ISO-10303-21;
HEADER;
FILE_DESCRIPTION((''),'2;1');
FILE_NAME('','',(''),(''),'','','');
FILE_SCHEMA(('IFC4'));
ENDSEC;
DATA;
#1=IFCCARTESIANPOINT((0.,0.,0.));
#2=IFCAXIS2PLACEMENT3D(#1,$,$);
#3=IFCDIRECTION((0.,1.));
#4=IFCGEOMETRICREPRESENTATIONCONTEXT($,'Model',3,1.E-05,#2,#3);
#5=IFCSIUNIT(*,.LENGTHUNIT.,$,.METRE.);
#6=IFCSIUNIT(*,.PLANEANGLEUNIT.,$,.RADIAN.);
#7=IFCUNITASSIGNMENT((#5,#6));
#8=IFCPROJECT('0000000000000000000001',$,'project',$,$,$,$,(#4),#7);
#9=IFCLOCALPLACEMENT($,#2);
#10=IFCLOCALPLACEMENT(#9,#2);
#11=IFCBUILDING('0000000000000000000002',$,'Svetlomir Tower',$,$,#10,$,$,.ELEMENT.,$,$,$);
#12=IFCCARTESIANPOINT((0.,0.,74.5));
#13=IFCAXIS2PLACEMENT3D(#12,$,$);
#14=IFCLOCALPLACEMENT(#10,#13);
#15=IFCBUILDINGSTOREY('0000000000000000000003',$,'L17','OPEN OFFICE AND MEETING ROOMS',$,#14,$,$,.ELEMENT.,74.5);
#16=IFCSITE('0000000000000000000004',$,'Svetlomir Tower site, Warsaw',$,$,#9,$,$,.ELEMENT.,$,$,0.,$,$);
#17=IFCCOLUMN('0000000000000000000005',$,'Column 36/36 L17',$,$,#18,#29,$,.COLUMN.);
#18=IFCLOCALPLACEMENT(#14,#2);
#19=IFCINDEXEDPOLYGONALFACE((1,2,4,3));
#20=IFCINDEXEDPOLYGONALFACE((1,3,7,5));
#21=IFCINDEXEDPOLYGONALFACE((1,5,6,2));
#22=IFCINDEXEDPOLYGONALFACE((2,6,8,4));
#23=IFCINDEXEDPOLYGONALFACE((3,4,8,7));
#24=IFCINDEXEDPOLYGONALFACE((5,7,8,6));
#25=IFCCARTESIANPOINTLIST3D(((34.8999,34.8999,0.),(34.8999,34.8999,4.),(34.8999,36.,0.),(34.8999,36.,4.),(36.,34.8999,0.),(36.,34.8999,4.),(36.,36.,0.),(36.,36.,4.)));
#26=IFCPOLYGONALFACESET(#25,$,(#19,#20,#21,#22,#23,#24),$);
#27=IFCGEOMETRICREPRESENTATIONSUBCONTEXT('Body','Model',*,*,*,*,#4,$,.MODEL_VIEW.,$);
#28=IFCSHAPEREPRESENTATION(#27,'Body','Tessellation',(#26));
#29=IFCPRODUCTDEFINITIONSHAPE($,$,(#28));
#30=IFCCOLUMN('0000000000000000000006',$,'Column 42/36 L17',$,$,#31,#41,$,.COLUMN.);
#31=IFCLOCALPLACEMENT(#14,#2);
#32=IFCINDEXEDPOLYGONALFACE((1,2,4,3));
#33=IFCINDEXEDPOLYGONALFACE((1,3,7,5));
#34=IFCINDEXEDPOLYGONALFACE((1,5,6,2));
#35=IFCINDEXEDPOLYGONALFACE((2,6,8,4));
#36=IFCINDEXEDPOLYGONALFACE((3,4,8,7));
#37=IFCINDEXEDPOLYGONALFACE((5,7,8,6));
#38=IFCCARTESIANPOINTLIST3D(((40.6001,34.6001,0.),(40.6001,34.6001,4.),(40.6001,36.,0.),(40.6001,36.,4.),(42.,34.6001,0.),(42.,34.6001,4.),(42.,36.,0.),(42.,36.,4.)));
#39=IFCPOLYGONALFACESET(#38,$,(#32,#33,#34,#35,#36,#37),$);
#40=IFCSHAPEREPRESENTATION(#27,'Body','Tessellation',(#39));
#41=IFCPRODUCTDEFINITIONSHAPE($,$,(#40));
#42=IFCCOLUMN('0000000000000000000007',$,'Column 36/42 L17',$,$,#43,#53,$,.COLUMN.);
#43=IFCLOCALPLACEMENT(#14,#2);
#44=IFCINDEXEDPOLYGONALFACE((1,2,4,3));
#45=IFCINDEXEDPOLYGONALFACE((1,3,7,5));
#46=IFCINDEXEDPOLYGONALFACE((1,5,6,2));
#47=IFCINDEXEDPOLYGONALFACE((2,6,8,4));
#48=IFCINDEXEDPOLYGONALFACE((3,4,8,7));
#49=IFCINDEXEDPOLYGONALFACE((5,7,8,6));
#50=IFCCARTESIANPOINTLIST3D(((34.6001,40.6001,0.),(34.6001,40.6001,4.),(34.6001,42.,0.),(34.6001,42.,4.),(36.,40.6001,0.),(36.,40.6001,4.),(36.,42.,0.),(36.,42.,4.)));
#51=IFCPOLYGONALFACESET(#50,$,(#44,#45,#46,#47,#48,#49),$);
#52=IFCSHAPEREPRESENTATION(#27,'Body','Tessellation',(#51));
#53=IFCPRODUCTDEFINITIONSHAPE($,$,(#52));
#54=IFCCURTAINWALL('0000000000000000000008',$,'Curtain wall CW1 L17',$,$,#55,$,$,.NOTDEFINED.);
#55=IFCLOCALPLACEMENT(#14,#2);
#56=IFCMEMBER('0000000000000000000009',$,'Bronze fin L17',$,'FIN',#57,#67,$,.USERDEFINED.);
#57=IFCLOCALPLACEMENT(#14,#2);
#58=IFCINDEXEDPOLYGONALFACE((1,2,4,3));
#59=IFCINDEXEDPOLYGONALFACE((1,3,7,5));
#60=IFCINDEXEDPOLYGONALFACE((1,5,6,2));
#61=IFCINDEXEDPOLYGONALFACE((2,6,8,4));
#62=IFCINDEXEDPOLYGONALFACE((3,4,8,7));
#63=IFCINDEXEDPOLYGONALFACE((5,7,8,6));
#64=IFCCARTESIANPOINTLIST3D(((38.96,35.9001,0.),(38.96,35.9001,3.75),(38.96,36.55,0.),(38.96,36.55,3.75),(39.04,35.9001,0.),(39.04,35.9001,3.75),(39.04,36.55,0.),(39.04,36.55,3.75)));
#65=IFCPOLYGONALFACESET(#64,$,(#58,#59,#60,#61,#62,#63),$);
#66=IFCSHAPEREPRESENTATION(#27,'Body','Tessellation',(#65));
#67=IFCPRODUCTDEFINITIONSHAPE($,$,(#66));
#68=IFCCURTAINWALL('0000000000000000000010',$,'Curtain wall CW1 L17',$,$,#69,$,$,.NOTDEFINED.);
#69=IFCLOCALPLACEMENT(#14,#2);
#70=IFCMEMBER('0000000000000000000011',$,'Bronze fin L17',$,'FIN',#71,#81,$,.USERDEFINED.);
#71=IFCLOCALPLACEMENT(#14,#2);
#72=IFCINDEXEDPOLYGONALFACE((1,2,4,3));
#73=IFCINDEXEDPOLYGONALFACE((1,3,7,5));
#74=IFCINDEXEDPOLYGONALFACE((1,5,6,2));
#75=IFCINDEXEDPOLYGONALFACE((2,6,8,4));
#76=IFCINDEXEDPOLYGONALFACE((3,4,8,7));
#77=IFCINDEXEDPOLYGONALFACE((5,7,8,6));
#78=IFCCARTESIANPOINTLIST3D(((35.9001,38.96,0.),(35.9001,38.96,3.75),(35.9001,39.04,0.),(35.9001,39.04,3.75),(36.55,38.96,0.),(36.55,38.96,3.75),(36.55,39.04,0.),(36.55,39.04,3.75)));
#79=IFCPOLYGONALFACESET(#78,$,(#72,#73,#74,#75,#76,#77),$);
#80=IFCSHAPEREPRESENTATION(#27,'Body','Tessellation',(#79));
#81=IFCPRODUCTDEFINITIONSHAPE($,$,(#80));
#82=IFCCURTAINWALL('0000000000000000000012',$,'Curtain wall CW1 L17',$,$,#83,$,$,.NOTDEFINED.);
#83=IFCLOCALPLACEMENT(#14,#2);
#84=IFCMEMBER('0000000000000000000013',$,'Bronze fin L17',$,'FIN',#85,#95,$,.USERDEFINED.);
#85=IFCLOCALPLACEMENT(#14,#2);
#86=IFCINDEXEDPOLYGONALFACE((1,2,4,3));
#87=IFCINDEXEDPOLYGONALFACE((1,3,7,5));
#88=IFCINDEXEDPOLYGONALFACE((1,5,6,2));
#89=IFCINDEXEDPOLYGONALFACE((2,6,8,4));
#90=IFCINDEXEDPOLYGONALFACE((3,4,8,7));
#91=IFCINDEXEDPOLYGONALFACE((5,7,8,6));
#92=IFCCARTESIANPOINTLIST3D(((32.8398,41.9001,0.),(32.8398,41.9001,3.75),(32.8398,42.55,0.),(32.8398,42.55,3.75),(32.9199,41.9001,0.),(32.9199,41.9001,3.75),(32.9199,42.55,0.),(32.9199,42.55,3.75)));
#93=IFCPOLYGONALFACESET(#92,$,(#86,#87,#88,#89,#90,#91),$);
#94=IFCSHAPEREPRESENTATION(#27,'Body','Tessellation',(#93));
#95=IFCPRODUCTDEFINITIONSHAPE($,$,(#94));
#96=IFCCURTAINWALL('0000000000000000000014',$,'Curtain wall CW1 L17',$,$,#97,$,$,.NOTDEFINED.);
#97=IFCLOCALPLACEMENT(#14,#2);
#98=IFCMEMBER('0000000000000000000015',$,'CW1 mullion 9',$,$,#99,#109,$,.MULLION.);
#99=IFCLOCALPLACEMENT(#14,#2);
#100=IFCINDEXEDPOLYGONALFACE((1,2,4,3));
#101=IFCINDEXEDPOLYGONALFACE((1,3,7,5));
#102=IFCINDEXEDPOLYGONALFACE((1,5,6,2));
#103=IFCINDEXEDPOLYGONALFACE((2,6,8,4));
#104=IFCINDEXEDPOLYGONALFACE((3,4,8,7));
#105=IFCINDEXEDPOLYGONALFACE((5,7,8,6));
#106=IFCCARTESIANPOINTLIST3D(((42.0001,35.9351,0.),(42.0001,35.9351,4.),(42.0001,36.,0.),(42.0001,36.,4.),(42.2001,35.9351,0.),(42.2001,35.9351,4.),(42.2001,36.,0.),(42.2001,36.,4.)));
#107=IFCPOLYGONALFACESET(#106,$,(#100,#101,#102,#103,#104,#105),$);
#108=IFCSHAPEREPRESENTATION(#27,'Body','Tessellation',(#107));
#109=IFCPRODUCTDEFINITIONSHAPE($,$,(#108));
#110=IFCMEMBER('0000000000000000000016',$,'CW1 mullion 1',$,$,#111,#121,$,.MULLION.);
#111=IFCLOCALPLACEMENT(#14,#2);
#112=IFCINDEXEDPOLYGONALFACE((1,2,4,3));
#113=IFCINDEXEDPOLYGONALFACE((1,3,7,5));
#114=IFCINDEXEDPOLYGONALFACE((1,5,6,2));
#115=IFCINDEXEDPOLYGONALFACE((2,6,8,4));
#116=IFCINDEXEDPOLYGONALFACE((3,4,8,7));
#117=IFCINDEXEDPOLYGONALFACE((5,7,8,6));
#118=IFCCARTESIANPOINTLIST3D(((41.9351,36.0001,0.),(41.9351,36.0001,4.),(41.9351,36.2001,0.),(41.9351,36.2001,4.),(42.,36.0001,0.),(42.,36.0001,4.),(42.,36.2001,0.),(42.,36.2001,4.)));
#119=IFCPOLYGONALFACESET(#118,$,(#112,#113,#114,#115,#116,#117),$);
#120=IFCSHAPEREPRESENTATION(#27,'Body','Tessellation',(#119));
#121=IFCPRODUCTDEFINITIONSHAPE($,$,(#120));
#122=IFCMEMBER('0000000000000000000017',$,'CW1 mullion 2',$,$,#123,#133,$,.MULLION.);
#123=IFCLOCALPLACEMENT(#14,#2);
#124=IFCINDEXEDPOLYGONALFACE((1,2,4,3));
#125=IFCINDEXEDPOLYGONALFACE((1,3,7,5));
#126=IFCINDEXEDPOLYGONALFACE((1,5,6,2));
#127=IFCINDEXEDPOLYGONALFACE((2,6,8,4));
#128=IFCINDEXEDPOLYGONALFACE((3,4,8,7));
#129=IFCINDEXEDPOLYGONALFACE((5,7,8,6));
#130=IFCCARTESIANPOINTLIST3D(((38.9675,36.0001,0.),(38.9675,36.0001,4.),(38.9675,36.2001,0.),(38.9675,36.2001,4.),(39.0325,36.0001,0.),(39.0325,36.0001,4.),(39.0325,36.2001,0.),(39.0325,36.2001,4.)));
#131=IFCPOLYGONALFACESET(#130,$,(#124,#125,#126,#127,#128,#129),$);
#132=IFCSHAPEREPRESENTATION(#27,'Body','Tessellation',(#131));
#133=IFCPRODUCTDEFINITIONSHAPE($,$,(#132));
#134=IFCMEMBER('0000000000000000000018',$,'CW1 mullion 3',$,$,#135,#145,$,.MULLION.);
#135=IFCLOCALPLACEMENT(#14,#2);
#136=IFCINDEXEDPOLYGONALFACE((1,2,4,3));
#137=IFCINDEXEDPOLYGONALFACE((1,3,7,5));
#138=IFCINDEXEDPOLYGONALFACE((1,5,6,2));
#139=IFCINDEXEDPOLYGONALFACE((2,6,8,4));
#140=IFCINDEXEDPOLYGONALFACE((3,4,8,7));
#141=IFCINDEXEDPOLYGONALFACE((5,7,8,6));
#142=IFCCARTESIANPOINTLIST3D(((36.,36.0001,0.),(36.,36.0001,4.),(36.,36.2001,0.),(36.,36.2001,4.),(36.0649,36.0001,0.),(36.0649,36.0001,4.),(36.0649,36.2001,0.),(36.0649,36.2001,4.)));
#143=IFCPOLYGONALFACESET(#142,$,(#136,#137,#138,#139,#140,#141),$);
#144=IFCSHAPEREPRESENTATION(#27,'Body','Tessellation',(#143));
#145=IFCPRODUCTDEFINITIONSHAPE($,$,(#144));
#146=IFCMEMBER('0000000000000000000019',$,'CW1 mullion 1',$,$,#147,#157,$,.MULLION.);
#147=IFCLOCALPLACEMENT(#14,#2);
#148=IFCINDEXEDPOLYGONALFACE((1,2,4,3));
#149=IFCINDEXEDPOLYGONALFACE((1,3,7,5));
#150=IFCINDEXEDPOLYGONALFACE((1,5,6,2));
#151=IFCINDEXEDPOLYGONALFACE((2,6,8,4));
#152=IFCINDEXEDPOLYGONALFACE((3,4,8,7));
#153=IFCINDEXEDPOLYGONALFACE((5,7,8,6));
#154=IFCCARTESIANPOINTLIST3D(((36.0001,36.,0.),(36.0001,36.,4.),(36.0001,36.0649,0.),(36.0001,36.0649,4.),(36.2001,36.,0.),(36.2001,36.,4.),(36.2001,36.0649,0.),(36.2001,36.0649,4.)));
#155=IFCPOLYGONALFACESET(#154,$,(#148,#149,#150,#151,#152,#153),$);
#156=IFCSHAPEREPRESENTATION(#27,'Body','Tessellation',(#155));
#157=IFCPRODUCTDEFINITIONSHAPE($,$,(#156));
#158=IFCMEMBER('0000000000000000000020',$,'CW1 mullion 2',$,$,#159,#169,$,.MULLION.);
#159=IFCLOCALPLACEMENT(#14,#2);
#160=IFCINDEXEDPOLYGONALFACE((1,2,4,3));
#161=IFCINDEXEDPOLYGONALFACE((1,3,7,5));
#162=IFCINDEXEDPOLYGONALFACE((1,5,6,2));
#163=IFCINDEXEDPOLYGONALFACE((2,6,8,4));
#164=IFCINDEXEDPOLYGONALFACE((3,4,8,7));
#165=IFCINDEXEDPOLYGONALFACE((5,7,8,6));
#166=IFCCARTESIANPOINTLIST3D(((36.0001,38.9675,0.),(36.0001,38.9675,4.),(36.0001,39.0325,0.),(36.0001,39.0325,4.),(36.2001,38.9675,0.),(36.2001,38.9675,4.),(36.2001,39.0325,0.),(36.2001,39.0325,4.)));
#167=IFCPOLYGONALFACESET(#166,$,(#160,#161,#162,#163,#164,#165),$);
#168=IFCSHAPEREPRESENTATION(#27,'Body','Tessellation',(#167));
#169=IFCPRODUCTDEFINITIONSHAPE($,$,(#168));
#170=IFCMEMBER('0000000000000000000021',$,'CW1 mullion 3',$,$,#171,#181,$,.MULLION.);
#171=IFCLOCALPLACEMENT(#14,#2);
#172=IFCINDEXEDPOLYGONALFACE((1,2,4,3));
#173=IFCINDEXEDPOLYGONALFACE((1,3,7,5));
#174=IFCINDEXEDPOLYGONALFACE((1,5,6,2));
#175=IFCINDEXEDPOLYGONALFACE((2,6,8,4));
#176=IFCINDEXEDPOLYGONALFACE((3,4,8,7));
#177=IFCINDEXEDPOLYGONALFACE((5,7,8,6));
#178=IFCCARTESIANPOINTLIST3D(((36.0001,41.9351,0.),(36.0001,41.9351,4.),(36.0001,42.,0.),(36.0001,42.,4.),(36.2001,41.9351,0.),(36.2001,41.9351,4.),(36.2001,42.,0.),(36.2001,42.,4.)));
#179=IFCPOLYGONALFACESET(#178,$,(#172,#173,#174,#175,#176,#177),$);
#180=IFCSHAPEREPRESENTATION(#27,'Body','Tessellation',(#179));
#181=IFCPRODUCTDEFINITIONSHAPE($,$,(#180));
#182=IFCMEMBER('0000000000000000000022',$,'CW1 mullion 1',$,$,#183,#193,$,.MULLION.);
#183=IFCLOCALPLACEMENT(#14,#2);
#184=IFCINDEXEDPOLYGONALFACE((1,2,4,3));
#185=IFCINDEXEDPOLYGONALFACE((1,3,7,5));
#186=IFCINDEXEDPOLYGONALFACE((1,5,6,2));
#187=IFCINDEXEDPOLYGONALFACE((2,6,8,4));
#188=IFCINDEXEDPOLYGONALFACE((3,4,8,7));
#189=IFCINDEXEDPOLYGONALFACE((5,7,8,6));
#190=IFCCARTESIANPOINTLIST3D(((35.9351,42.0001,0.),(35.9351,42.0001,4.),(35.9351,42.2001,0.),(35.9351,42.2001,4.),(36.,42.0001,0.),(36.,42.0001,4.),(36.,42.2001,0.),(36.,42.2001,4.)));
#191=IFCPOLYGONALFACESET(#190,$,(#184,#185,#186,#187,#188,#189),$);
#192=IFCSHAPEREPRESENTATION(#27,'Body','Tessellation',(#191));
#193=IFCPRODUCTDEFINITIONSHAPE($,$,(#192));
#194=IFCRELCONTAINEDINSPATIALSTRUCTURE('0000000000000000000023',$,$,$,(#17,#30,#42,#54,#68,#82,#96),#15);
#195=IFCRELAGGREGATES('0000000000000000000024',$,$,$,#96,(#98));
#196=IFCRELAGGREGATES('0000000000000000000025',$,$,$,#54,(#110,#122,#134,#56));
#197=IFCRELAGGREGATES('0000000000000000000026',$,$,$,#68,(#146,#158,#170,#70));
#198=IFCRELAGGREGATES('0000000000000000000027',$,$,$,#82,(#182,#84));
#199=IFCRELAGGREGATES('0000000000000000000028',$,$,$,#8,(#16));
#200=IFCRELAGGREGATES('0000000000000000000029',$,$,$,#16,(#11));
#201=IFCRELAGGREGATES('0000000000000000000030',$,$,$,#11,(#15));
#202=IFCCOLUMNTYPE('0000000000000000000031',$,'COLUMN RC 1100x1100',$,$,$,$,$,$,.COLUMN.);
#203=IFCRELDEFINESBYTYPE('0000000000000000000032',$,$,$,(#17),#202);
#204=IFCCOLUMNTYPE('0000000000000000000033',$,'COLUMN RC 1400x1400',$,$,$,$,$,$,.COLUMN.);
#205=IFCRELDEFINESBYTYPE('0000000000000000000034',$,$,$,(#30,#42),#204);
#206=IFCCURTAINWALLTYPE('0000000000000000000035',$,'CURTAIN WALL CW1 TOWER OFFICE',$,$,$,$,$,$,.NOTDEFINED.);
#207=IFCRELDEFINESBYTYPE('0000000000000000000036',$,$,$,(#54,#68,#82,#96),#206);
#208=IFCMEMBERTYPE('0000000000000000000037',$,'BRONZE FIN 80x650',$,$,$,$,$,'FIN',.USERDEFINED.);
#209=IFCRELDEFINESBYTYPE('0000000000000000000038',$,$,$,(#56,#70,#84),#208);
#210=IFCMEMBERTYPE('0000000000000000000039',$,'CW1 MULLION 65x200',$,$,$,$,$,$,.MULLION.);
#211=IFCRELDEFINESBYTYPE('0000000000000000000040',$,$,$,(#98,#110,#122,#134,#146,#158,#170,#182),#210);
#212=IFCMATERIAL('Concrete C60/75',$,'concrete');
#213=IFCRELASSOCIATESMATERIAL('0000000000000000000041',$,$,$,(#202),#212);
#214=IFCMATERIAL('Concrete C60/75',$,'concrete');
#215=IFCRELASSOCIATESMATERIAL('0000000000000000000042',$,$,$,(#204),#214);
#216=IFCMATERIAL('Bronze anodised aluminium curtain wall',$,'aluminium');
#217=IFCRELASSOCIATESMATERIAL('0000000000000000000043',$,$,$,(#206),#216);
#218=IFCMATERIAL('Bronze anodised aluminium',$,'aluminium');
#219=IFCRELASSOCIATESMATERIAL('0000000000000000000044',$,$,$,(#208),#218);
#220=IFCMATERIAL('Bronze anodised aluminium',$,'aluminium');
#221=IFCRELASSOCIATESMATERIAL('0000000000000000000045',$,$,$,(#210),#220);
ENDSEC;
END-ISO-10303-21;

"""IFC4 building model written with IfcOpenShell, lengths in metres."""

from ifc_helpers import new_model, si_unit, direction, frame, origin, origin_2d, place, context, subcontext, project, spatial, rectangle, extrude, material, material_profile, profile_set, type_object, element, aggregate, save


model = new_model("IFC4")

# Units and contexts
model_context = context("Model", 3, precision=1e-05, world=origin(), true_north=direction((0.0, 1.0)))
body_context = subcontext(model_context, "Body", "Model", "MODEL_VIEW")
ifc_project = project(units=[si_unit("LENGTHUNIT", "METRE"), si_unit("PLANEANGLEUNIT", "RADIAN")], contexts=[model_context])

# Site, building, storey
site_placement = place(None, origin())
site = spatial("IfcSite", under=ifc_project, at=site_placement, Name="Svetlomir Tower site, Warsaw", CompositionType="ELEMENT", RefElevation=0.0)
building_placement = place(site_placement, origin())
building = spatial("IfcBuilding", under=site, at=building_placement, Name="Svetlomir Tower", CompositionType="ELEMENT")
storey_placement = place(building_placement, frame((0.0, 0.0, 74.5)))
storey = spatial("IfcBuildingStorey", under=building, at=storey_placement, Name="L17", Description="OPEN OFFICE AND MEETING ROOMS", CompositionType="ELEMENT", Elevation=74.5)

# Columns
ifc_material_1 = material(Name="Concrete C60/75", Category="concrete")
ifc_material_profile_1 = material_profile(ifc_material_1, rectangle(XDim=1.1001, YDim=1.1001, at=origin_2d()), Name="RC 1100x1100")
ifc_profile_set_1 = profile_set([ifc_material_profile_1], Name="Concrete C60/75")
column_type_1 = type_object("IfcColumnType", Name="COLUMN RC 1100x1100", PredefinedType="COLUMN", material=ifc_profile_set_1)
column_placement = place(storey_placement, frame((35.45, 35.45, 0.0), z_axis=(0.0, 0.0, 1.0), x_axis=(1.0, 0.0, 0.0)))
element("IfcColumn", 1, at=column_placement, inside=storey, type_object=column_type_1, Name="Column 36/36 L17", PredefinedType="COLUMN", context=body_context, shape_type="SweptSolid", body=[
    extrude(rectangle(XDim=1.1001, YDim=1.1001, at=origin_2d()), origin(), (0.0, 0.0, 1.0), 4.0),
])
ifc_material_2 = material(Name="Concrete C60/75", Category="concrete")
ifc_material_profile_2 = material_profile(ifc_material_2, rectangle(XDim=1.3999, YDim=1.3999, at=origin_2d()), Name="RC 1400x1400")
ifc_profile_set_2 = profile_set([ifc_material_profile_2], Name="Concrete C60/75")
column_type_2 = type_object("IfcColumnType", Name="COLUMN RC 1400x1400", PredefinedType="COLUMN", material=ifc_profile_set_2)
for number, where, z_axis, x_axis, name in (
    (2, (41.3, 35.3, 0.0), (0.0, 0.0, 1.0), (1.0, 0.0, 0.0), "Column 42/36 L17"),
    (3, (35.3, 41.3, 0.0), (0.0, 0.0, 1.0), (1.0, 0.0, 0.0), "Column 36/42 L17"),
):
    element("IfcColumn", number, at=place(storey_placement, frame(where, z_axis=z_axis, x_axis=x_axis)), inside=storey, type_object=column_type_2, Name=name, PredefinedType="COLUMN", context=body_context, shape_type="SweptSolid", body=[
        extrude(rectangle(XDim=1.3999, YDim=1.3999, at=origin_2d()), origin(), (0.0, 0.0, 1.0), 4.0),
    ])

# Curtain walls, members
ifc_material_3 = material(Name="Bronze anodised aluminium curtain wall", Category="aluminium")
curtain_wall_type = type_object("IfcCurtainWallType", Name="CURTAIN WALL CW1 TOWER OFFICE", PredefinedType="NOTDEFINED", material=ifc_material_3)
curtain_wall_1_placement = place(storey_placement, origin())
curtain_wall_1 = element("IfcCurtainWall", 4, at=curtain_wall_1_placement, inside=storey, type_object=curtain_wall_type, Name="Curtain wall CW1 L17", PredefinedType="NOTDEFINED")
ifc_material_4 = material(Name="Bronze anodised aluminium", Category="aluminium")
ifc_material_profile_3 = material_profile(ifc_material_4, rectangle(XDim=0.0801, YDim=0.6499, at=origin_2d()), Name="FIN 80x650")
ifc_profile_set_3 = profile_set([ifc_material_profile_3], Name="Bronze anodised aluminium 6063-T6")
member_type_1 = type_object("IfcMemberType", Name="BRONZE FIN 80x650", ElementType="FIN", PredefinedType="USERDEFINED", material=ifc_profile_set_3)
member_1_placement = place(storey_placement, frame((39.0, 36.2251, 0.0), z_axis=(0.0, 0.0, 1.0), x_axis=(1.0, 0.0, 0.0)))
member_1 = element("IfcMember", 5, at=member_1_placement, type_object=member_type_1, Name="Bronze fin L17", ObjectType="FIN", PredefinedType="USERDEFINED", context=body_context, shape_type="SweptSolid", body=[
    extrude(rectangle(XDim=0.0801, YDim=0.6499, at=origin_2d()), origin(), (0.0, 0.0, 1.0), 3.75),
])
curtain_wall_2_placement = place(storey_placement, origin())
curtain_wall_2 = element("IfcCurtainWall", 6, at=curtain_wall_2_placement, inside=storey, type_object=curtain_wall_type, Name="Curtain wall CW1 L17", PredefinedType="NOTDEFINED")
member_2_placement = place(storey_placement, frame((36.2251, 39.0, 0.0), z_axis=(0.0, 0.0, 1.0), x_axis=(0.0, 1.0, 0.0)))
member_2 = element("IfcMember", 7, at=member_2_placement, type_object=member_type_1, Name="Bronze fin L17", ObjectType="FIN", PredefinedType="USERDEFINED", context=body_context, shape_type="SweptSolid", body=[
    extrude(rectangle(XDim=0.0801, YDim=0.6499, at=origin_2d()), origin(), (0.0, 0.0, 1.0), 3.75),
])
curtain_wall_3_placement = place(storey_placement, origin())
curtain_wall_3 = element("IfcCurtainWall", 8, at=curtain_wall_3_placement, inside=storey, type_object=curtain_wall_type, Name="Curtain wall CW1 L17", PredefinedType="NOTDEFINED")
member_3_placement = place(storey_placement, frame((32.8799, 42.2251, 0.0), z_axis=(0.0, 0.0, 1.0), x_axis=(1.0, 0.0, 0.0)))
member_3 = element("IfcMember", 9, at=member_3_placement, type_object=member_type_1, Name="Bronze fin L17", ObjectType="FIN", PredefinedType="USERDEFINED", context=body_context, shape_type="SweptSolid", body=[
    extrude(rectangle(XDim=0.0801, YDim=0.6499, at=origin_2d()), origin(), (0.0, 0.0, 1.0), 3.75),
])
curtain_wall_4_placement = place(storey_placement, origin())
curtain_wall_4 = element("IfcCurtainWall", 10, at=curtain_wall_4_placement, inside=storey, type_object=curtain_wall_type, Name="Curtain wall CW1 L17", PredefinedType="NOTDEFINED")
ifc_material_5 = material(Name="Bronze anodised aluminium", Category="aluminium")
ifc_material_profile_4 = material_profile(ifc_material_5, rectangle(XDim=0.0649, YDim=0.2, at=origin_2d()), Name="AL 65x200")
ifc_profile_set_4 = profile_set([ifc_material_profile_4], Name="Bronze anodised aluminium 6063-T6")
member_type_2 = type_object("IfcMemberType", Name="CW1 MULLION 65x200", PredefinedType="MULLION", material=ifc_profile_set_4)
member_4_placement = place(storey_placement, frame((42.1001, 35.9675, 0.0), z_axis=(0.0, 0.0, 1.0), x_axis=(0.0, 1.0, 0.0)))
member_4 = element("IfcMember", 11, at=member_4_placement, type_object=member_type_2, Name="CW1 mullion 9", PredefinedType="MULLION", context=body_context, shape_type="SweptSolid", body=[
    extrude(rectangle(XDim=0.0649, YDim=0.2, at=origin_2d()), origin(), (0.0, 0.0, 1.0), 4.0),
])
aggregate(curtain_wall_4, [member_4])

# Members
member_5_placement = place(storey_placement, frame((41.9675, 36.1001, 0.0), z_axis=(0.0, 0.0, 1.0), x_axis=(-1.0, 0.0, 0.0)))
member_5 = element("IfcMember", 12, at=member_5_placement, type_object=member_type_2, Name="CW1 mullion 1", PredefinedType="MULLION", context=body_context, shape_type="SweptSolid", body=[
    extrude(rectangle(XDim=0.0649, YDim=0.2, at=origin_2d()), origin(), (0.0, 0.0, 1.0), 4.0),
])
member_6_placement = place(storey_placement, frame((39.0, 36.1001, 0.0), z_axis=(0.0, 0.0, 1.0), x_axis=(-1.0, 0.0, 0.0)))
member_6 = element("IfcMember", 13, at=member_6_placement, type_object=member_type_2, Name="CW1 mullion 2", PredefinedType="MULLION", context=body_context, shape_type="SweptSolid", body=[
    extrude(rectangle(XDim=0.0649, YDim=0.2, at=origin_2d()), origin(), (0.0, 0.0, 1.0), 4.0),
])
member_7_placement = place(storey_placement, frame((36.0325, 36.1001, 0.0), z_axis=(0.0, 0.0, 1.0), x_axis=(-1.0, 0.0, 0.0)))
member_7 = element("IfcMember", 14, at=member_7_placement, type_object=member_type_2, Name="CW1 mullion 3", PredefinedType="MULLION", context=body_context, shape_type="SweptSolid", body=[
    extrude(rectangle(XDim=0.0649, YDim=0.2, at=origin_2d()), origin(), (0.0, 0.0, 1.0), 4.0),
])
member_8_placement = place(storey_placement, frame((36.1001, 36.0325, 0.0), z_axis=(0.0, 0.0, 1.0), x_axis=(0.0, 1.0, 0.0)))
member_8 = element("IfcMember", 15, at=member_8_placement, type_object=member_type_2, Name="CW1 mullion 1", PredefinedType="MULLION", context=body_context, shape_type="SweptSolid", body=[
    extrude(rectangle(XDim=0.0649, YDim=0.2, at=origin_2d()), origin(), (0.0, 0.0, 1.0), 4.0),
])
member_9_placement = place(storey_placement, frame((36.1001, 39.0, 0.0), z_axis=(0.0, 0.0, 1.0), x_axis=(0.0, 1.0, 0.0)))
member_9 = element("IfcMember", 16, at=member_9_placement, type_object=member_type_2, Name="CW1 mullion 2", PredefinedType="MULLION", context=body_context, shape_type="SweptSolid", body=[
    extrude(rectangle(XDim=0.0649, YDim=0.2, at=origin_2d()), origin(), (0.0, 0.0, 1.0), 4.0),
])
member_10_placement = place(storey_placement, frame((36.1001, 41.9675, 0.0), z_axis=(0.0, 0.0, 1.0), x_axis=(0.0, 1.0, 0.0)))
member_10 = element("IfcMember", 17, at=member_10_placement, type_object=member_type_2, Name="CW1 mullion 3", PredefinedType="MULLION", context=body_context, shape_type="SweptSolid", body=[
    extrude(rectangle(XDim=0.0649, YDim=0.2, at=origin_2d()), origin(), (0.0, 0.0, 1.0), 4.0),
])
member_11_placement = place(storey_placement, frame((35.9675, 42.1001, 0.0), z_axis=(0.0, 0.0, 1.0), x_axis=(-1.0, 0.0, 0.0)))
member_11 = element("IfcMember", 18, at=member_11_placement, type_object=member_type_2, Name="CW1 mullion 1", PredefinedType="MULLION", context=body_context, shape_type="SweptSolid", body=[
    extrude(rectangle(XDim=0.0649, YDim=0.2, at=origin_2d()), origin(), (0.0, 0.0, 1.0), 4.0),
])

aggregate(curtain_wall_1, [member_5, member_6, member_7, member_1])
aggregate(curtain_wall_2, [member_8, member_9, member_10, member_2])
aggregate(curtain_wall_3, [member_11, member_3])

save(model, "model.ifc")
